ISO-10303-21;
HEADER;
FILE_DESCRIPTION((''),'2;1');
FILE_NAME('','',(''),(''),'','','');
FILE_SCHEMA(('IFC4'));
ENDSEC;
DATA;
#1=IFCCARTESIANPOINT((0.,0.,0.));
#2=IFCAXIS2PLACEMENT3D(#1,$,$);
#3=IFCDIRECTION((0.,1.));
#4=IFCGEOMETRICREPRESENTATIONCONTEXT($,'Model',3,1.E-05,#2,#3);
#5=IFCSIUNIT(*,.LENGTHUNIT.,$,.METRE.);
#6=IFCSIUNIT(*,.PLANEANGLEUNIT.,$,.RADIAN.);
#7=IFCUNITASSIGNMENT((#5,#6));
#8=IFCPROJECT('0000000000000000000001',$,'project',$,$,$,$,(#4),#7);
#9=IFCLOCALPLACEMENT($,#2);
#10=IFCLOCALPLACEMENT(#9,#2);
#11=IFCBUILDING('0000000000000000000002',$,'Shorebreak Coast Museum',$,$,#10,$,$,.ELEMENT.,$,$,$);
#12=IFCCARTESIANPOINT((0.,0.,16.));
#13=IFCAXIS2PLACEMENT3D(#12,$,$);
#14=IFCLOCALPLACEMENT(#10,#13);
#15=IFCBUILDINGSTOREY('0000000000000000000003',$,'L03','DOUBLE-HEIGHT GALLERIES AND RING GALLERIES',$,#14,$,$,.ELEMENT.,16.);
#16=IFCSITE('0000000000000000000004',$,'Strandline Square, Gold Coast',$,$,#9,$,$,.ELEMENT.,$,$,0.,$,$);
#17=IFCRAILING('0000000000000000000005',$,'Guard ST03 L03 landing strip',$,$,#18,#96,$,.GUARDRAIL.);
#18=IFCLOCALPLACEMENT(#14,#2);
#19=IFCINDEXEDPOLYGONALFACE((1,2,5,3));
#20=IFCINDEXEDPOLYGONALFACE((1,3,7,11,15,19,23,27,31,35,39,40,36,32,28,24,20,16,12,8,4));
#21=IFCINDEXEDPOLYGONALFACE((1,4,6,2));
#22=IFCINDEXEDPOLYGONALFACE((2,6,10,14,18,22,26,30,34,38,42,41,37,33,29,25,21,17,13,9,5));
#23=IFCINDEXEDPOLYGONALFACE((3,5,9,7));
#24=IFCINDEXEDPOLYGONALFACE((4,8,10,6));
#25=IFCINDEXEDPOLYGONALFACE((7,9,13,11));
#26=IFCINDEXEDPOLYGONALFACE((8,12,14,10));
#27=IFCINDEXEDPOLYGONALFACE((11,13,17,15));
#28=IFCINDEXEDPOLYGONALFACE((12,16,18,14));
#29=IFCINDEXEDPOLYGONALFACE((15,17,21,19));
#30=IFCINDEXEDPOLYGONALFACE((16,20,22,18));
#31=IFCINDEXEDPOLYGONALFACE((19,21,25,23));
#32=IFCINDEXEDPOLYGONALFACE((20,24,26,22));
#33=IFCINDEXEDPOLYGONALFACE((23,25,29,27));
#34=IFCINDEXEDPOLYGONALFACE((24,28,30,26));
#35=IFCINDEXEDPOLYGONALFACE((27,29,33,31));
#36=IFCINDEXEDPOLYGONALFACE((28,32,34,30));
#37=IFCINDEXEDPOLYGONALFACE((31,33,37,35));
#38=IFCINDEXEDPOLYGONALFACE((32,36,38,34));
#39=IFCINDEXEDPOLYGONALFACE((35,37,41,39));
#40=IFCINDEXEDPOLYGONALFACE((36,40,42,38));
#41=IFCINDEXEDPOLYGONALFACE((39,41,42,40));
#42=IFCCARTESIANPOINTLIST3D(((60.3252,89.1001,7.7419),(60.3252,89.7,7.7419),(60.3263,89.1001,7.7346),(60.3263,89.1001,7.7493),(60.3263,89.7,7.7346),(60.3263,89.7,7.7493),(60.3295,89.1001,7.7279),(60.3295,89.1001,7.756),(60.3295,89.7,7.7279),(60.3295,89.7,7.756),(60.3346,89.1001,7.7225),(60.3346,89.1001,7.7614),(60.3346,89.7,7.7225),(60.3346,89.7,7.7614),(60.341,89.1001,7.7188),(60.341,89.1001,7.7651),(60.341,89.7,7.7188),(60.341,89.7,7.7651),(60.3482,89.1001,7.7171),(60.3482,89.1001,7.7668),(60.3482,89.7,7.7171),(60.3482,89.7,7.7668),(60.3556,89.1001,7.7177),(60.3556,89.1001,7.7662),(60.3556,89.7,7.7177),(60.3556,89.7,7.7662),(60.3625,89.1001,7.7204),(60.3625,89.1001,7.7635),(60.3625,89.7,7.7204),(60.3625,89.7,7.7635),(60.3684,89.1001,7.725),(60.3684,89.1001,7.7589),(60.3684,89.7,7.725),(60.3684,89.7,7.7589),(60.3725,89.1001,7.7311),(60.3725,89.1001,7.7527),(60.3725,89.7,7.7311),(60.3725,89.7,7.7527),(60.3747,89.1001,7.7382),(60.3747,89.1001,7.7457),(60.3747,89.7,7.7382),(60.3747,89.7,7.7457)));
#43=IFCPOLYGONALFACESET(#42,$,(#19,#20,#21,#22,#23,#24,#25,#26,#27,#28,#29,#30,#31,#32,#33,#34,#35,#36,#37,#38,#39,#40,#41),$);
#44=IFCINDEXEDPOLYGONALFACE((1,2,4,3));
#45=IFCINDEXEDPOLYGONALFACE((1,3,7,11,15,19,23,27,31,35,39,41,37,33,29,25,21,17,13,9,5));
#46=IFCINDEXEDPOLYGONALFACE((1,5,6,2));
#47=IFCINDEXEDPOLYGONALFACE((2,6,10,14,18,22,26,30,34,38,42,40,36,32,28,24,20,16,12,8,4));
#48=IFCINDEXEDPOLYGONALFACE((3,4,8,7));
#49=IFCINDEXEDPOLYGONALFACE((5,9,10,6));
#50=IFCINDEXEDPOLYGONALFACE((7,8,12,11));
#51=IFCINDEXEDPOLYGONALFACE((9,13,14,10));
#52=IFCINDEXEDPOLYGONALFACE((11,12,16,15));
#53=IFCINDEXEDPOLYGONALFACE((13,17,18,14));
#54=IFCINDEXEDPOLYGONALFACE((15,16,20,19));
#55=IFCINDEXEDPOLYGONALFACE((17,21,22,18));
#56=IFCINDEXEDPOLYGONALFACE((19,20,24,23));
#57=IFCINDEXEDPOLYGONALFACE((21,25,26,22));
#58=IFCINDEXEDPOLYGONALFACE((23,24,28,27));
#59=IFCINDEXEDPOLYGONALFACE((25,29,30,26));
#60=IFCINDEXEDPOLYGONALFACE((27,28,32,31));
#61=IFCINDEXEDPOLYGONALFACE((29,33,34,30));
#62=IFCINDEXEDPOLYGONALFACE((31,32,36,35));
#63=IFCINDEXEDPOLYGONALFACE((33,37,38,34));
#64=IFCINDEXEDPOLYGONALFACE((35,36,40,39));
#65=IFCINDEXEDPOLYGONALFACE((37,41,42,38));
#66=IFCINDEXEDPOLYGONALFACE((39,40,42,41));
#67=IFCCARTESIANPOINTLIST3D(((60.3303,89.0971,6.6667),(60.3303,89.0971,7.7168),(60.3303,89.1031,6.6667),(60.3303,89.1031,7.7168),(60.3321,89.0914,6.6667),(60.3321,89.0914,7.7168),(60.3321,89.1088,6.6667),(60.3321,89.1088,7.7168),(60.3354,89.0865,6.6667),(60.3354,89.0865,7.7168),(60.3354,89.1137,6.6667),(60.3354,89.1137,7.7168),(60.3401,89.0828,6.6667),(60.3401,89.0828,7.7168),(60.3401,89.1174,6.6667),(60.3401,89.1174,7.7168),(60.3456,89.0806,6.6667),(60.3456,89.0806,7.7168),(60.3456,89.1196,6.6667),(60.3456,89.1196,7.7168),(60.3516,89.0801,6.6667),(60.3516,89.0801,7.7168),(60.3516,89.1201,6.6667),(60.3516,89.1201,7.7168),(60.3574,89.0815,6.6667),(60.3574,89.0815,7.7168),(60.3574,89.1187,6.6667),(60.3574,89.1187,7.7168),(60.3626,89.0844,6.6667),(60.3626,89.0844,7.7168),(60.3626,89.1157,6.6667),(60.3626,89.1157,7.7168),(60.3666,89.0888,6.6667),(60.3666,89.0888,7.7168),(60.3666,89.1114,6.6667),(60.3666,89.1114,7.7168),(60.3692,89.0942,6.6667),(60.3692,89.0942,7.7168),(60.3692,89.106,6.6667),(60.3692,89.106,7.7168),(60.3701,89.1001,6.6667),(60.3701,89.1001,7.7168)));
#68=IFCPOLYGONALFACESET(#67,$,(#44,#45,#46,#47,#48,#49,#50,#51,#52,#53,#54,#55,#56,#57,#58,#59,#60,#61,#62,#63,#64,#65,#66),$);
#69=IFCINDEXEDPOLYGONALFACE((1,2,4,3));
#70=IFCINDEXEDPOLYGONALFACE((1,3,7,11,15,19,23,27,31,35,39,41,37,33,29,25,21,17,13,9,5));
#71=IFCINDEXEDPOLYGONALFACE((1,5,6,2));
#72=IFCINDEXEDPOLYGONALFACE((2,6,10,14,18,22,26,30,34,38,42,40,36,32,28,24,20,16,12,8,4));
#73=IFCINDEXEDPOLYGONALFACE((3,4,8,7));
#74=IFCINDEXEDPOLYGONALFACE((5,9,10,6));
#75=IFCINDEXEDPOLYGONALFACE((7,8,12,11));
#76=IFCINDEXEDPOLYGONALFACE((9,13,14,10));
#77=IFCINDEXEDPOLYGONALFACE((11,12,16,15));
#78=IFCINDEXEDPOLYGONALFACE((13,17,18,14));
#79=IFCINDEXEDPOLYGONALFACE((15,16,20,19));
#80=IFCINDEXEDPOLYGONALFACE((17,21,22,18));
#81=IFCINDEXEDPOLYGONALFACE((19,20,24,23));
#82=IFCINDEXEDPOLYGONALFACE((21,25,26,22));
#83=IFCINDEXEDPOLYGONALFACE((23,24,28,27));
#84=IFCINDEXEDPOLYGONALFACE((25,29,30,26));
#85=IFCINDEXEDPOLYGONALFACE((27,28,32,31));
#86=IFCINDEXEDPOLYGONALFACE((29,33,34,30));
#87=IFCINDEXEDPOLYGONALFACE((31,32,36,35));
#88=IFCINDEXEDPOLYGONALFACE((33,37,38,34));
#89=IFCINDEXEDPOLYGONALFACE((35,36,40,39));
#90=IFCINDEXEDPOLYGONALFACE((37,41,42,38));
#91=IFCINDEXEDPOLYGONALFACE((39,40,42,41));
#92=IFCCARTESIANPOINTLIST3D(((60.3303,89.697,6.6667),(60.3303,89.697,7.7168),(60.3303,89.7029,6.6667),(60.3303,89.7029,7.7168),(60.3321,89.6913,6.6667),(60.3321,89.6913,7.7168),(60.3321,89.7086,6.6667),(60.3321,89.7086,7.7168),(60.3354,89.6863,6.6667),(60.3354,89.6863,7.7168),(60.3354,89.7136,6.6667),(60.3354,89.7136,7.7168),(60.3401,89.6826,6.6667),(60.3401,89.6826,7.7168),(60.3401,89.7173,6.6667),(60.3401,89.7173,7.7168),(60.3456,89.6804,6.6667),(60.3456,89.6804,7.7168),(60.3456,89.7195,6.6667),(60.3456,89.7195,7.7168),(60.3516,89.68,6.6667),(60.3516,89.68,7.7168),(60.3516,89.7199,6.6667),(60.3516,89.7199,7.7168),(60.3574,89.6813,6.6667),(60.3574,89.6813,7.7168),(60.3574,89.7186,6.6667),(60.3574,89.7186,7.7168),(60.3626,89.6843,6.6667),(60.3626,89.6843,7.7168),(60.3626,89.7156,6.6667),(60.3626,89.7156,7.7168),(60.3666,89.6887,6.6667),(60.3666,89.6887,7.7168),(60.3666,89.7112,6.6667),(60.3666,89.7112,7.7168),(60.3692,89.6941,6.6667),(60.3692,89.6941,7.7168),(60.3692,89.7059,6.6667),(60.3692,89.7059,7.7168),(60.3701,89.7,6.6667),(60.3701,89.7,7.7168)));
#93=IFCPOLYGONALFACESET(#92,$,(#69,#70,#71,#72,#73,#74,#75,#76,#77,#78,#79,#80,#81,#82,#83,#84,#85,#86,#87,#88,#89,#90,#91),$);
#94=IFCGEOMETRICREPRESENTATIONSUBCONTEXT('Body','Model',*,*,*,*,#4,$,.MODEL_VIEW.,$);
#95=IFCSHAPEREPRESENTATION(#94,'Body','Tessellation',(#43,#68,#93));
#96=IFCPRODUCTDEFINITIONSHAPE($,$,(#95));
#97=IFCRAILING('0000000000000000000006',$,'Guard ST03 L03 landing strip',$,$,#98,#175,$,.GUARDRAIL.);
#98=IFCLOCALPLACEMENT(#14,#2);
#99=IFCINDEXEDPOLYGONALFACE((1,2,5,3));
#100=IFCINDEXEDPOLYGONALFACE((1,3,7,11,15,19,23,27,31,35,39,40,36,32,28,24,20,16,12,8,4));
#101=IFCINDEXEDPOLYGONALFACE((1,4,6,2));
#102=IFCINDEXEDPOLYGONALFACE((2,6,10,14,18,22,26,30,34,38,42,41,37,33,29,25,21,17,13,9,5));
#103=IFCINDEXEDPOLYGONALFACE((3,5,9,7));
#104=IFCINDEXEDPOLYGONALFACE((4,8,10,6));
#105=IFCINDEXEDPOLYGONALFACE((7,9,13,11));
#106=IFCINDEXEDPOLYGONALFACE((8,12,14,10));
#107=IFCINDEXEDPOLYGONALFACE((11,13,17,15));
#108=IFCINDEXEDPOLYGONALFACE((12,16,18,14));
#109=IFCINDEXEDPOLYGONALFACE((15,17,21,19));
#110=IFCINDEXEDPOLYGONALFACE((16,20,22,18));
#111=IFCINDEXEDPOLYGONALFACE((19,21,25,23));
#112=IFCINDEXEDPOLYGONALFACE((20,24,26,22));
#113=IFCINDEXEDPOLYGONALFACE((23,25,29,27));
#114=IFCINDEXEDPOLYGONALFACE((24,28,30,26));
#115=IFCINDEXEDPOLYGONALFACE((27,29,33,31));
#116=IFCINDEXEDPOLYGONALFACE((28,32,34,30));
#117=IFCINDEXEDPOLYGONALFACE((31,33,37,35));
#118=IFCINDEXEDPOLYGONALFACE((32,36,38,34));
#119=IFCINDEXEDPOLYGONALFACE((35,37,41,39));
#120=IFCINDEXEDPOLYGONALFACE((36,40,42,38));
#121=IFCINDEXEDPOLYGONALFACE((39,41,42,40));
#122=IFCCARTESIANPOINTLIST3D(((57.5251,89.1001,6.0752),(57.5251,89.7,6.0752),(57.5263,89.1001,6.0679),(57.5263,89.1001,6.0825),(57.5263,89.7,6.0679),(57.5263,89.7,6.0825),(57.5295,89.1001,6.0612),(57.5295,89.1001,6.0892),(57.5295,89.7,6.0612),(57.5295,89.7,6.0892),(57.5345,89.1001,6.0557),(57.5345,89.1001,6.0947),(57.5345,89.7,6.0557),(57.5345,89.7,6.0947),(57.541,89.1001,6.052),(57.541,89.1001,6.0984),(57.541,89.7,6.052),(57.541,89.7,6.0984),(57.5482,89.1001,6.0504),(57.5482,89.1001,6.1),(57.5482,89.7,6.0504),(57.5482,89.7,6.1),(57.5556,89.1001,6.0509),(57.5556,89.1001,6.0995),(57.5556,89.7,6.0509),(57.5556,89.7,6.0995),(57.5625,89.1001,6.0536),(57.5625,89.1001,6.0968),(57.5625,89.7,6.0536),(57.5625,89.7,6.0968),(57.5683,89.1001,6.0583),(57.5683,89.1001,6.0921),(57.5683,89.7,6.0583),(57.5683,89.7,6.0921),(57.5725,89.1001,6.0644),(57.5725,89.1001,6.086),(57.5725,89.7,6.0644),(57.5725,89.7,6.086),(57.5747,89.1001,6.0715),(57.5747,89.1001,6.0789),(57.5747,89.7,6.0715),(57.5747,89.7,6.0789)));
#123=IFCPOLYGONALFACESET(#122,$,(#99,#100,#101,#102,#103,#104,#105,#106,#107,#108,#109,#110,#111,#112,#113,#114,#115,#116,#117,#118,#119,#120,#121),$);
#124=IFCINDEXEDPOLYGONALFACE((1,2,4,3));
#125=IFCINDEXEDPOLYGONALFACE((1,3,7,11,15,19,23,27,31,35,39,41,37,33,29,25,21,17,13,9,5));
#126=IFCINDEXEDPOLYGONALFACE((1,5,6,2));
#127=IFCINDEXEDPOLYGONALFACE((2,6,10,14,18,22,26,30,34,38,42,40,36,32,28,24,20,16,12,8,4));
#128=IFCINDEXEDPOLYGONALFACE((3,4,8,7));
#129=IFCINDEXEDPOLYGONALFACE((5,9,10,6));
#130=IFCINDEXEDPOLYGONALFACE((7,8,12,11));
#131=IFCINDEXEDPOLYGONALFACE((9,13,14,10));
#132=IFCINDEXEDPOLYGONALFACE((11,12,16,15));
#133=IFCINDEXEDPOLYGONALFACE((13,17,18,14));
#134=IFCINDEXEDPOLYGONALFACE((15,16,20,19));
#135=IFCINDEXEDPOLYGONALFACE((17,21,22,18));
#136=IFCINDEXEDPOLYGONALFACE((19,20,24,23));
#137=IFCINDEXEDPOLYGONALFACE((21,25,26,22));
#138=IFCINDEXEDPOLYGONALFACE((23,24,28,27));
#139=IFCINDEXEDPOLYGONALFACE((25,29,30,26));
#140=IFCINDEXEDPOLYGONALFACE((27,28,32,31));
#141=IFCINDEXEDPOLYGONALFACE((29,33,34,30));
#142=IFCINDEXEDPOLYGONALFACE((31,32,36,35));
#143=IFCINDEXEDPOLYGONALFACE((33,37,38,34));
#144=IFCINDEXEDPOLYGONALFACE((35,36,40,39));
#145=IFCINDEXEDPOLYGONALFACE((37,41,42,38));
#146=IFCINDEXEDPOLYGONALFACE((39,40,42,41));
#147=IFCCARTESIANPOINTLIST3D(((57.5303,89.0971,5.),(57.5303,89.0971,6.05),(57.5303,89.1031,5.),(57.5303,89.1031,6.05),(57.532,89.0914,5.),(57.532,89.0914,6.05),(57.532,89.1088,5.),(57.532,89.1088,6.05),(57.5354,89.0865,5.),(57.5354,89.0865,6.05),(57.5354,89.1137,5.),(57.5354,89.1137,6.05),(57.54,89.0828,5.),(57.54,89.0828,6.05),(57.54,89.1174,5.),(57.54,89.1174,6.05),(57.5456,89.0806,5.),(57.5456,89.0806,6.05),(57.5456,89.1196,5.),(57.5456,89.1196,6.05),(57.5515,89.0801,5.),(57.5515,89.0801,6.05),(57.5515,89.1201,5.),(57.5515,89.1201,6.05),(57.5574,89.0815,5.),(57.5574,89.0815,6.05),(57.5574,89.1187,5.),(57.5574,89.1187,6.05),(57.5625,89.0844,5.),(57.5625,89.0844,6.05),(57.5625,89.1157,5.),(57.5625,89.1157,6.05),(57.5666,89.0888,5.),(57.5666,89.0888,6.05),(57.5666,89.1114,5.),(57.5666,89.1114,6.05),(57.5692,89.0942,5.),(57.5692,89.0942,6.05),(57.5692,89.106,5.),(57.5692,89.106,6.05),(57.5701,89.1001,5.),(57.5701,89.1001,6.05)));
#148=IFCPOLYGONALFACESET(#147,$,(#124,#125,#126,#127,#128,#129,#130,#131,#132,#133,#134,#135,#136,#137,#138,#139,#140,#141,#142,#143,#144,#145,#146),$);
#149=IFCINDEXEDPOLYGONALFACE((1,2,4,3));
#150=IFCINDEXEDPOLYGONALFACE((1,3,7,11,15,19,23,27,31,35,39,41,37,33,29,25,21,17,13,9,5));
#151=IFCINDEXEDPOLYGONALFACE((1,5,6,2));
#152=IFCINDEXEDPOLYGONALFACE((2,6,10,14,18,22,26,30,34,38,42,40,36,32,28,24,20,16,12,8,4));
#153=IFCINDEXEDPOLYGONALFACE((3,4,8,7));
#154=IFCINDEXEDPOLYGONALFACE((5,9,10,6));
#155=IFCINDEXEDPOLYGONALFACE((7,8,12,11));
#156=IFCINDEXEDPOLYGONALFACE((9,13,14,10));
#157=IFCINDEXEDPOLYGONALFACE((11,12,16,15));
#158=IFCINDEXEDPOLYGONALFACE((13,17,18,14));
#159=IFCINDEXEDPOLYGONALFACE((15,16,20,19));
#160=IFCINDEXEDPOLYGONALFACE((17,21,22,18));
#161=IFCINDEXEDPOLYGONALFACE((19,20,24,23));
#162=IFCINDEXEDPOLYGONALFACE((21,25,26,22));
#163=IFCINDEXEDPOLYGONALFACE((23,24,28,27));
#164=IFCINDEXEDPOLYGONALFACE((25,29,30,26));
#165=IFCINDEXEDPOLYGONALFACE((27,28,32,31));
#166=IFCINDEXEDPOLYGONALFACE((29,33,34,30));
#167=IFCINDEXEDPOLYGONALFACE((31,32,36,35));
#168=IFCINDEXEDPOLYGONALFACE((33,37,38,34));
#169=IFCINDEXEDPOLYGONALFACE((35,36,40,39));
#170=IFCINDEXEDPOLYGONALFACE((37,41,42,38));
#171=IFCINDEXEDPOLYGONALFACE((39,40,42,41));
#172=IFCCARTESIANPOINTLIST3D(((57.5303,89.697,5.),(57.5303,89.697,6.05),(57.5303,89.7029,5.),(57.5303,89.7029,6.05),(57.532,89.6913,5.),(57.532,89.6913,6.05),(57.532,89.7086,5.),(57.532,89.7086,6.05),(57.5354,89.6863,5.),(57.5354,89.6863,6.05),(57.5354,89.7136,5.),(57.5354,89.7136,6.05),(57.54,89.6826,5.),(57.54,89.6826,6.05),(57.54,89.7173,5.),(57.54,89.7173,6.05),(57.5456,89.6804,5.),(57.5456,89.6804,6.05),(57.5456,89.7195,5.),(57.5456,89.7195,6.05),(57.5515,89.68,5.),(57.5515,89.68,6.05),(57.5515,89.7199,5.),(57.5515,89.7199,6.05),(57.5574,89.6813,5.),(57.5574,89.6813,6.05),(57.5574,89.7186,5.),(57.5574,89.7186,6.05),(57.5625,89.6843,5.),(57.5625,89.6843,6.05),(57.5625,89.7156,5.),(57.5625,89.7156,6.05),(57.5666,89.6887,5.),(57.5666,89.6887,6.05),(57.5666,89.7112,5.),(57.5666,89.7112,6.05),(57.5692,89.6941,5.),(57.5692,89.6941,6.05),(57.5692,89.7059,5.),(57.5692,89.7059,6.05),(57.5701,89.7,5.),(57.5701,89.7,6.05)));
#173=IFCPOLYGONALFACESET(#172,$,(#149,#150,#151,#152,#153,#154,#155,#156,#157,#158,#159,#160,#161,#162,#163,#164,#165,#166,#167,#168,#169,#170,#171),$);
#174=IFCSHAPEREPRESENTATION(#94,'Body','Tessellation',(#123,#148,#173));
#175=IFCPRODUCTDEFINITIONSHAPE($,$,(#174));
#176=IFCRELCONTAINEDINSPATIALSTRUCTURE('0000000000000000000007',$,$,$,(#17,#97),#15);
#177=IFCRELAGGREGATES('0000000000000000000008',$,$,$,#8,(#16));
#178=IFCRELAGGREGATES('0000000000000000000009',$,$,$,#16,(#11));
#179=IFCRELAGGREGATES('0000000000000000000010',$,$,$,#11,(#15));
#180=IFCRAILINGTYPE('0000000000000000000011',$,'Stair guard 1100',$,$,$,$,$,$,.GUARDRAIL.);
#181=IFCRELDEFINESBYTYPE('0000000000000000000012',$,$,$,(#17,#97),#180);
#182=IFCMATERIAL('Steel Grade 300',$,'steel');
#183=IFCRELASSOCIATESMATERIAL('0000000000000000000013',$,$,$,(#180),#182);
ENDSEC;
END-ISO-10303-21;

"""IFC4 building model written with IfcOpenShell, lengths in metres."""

from ifc_helpers import new_model, si_unit, direction, frame, origin, origin_2d, place, context, subcontext, project, spatial, circle, extrude, material, type_object, element, save


model = new_model("IFC4")

# Units and contexts
model_context = context("Model", 3, precision=1e-05, world=origin(), true_north=direction((0.0, 1.0)))
body_context = subcontext(model_context, "Body", "Model", "MODEL_VIEW")
ifc_project = project(units=[si_unit("LENGTHUNIT", "METRE"), si_unit("PLANEANGLEUNIT", "RADIAN")], contexts=[model_context])

# Site, building, storey
site_placement = place(None, origin())
site = spatial("IfcSite", under=ifc_project, at=site_placement, Name="Strandline Square, Gold Coast", CompositionType="ELEMENT", RefElevation=0.0)
building_placement = place(site_placement, origin())
building = spatial("IfcBuilding", under=site, at=building_placement, Name="Shorebreak Coast Museum", CompositionType="ELEMENT")
storey_placement = place(building_placement, frame((0.0, 0.0, 16.0)))
storey = spatial("IfcBuildingStorey", under=building, at=storey_placement, Name="L03", Description="DOUBLE-HEIGHT GALLERIES AND RING GALLERIES", CompositionType="ELEMENT", Elevation=16.0)

# Railings
ifc_material_1 = material(Name="Steel Grade 300", Category="steel")
railing_type_1 = type_object("IfcRailingType", Name="Stair guard 1100", PredefinedType="GUARDRAIL", material=ifc_material_1)
for number, where, name in (
    (1, (60.3501, 89.1001, 6.6667), "Guard ST03 L03 landing strip"),
    (2, (57.55, 89.1001, 5.0), "Guard ST03 L03 landing strip"),
):
    element("IfcRailing", number, at=place(storey_placement, frame(where)), inside=storey, type_object=railing_type_1, Name=name, PredefinedType="GUARDRAIL", context=body_context, shape_type="SweptSolid", body=[
        extrude(circle(Radius=0.0249, at=origin_2d()), frame((0.0, 0.0, 1.0752), z_axis=(0.0, 1.0, 0.0), x_axis=(-1.0, 0.0, 0.0)), (0.0, 0.0, 1.0), 0.5999),
        extrude(circle(Radius=0.02, at=origin_2d()), origin(), (0.0, 0.0, 1.0), 1.05),
        extrude(circle(Radius=0.02, at=origin_2d()), frame((0.0, 0.5999, 0.0)), (0.0, 0.0, 1.0), 1.05),
    ])

save(model, "model.ifc")
